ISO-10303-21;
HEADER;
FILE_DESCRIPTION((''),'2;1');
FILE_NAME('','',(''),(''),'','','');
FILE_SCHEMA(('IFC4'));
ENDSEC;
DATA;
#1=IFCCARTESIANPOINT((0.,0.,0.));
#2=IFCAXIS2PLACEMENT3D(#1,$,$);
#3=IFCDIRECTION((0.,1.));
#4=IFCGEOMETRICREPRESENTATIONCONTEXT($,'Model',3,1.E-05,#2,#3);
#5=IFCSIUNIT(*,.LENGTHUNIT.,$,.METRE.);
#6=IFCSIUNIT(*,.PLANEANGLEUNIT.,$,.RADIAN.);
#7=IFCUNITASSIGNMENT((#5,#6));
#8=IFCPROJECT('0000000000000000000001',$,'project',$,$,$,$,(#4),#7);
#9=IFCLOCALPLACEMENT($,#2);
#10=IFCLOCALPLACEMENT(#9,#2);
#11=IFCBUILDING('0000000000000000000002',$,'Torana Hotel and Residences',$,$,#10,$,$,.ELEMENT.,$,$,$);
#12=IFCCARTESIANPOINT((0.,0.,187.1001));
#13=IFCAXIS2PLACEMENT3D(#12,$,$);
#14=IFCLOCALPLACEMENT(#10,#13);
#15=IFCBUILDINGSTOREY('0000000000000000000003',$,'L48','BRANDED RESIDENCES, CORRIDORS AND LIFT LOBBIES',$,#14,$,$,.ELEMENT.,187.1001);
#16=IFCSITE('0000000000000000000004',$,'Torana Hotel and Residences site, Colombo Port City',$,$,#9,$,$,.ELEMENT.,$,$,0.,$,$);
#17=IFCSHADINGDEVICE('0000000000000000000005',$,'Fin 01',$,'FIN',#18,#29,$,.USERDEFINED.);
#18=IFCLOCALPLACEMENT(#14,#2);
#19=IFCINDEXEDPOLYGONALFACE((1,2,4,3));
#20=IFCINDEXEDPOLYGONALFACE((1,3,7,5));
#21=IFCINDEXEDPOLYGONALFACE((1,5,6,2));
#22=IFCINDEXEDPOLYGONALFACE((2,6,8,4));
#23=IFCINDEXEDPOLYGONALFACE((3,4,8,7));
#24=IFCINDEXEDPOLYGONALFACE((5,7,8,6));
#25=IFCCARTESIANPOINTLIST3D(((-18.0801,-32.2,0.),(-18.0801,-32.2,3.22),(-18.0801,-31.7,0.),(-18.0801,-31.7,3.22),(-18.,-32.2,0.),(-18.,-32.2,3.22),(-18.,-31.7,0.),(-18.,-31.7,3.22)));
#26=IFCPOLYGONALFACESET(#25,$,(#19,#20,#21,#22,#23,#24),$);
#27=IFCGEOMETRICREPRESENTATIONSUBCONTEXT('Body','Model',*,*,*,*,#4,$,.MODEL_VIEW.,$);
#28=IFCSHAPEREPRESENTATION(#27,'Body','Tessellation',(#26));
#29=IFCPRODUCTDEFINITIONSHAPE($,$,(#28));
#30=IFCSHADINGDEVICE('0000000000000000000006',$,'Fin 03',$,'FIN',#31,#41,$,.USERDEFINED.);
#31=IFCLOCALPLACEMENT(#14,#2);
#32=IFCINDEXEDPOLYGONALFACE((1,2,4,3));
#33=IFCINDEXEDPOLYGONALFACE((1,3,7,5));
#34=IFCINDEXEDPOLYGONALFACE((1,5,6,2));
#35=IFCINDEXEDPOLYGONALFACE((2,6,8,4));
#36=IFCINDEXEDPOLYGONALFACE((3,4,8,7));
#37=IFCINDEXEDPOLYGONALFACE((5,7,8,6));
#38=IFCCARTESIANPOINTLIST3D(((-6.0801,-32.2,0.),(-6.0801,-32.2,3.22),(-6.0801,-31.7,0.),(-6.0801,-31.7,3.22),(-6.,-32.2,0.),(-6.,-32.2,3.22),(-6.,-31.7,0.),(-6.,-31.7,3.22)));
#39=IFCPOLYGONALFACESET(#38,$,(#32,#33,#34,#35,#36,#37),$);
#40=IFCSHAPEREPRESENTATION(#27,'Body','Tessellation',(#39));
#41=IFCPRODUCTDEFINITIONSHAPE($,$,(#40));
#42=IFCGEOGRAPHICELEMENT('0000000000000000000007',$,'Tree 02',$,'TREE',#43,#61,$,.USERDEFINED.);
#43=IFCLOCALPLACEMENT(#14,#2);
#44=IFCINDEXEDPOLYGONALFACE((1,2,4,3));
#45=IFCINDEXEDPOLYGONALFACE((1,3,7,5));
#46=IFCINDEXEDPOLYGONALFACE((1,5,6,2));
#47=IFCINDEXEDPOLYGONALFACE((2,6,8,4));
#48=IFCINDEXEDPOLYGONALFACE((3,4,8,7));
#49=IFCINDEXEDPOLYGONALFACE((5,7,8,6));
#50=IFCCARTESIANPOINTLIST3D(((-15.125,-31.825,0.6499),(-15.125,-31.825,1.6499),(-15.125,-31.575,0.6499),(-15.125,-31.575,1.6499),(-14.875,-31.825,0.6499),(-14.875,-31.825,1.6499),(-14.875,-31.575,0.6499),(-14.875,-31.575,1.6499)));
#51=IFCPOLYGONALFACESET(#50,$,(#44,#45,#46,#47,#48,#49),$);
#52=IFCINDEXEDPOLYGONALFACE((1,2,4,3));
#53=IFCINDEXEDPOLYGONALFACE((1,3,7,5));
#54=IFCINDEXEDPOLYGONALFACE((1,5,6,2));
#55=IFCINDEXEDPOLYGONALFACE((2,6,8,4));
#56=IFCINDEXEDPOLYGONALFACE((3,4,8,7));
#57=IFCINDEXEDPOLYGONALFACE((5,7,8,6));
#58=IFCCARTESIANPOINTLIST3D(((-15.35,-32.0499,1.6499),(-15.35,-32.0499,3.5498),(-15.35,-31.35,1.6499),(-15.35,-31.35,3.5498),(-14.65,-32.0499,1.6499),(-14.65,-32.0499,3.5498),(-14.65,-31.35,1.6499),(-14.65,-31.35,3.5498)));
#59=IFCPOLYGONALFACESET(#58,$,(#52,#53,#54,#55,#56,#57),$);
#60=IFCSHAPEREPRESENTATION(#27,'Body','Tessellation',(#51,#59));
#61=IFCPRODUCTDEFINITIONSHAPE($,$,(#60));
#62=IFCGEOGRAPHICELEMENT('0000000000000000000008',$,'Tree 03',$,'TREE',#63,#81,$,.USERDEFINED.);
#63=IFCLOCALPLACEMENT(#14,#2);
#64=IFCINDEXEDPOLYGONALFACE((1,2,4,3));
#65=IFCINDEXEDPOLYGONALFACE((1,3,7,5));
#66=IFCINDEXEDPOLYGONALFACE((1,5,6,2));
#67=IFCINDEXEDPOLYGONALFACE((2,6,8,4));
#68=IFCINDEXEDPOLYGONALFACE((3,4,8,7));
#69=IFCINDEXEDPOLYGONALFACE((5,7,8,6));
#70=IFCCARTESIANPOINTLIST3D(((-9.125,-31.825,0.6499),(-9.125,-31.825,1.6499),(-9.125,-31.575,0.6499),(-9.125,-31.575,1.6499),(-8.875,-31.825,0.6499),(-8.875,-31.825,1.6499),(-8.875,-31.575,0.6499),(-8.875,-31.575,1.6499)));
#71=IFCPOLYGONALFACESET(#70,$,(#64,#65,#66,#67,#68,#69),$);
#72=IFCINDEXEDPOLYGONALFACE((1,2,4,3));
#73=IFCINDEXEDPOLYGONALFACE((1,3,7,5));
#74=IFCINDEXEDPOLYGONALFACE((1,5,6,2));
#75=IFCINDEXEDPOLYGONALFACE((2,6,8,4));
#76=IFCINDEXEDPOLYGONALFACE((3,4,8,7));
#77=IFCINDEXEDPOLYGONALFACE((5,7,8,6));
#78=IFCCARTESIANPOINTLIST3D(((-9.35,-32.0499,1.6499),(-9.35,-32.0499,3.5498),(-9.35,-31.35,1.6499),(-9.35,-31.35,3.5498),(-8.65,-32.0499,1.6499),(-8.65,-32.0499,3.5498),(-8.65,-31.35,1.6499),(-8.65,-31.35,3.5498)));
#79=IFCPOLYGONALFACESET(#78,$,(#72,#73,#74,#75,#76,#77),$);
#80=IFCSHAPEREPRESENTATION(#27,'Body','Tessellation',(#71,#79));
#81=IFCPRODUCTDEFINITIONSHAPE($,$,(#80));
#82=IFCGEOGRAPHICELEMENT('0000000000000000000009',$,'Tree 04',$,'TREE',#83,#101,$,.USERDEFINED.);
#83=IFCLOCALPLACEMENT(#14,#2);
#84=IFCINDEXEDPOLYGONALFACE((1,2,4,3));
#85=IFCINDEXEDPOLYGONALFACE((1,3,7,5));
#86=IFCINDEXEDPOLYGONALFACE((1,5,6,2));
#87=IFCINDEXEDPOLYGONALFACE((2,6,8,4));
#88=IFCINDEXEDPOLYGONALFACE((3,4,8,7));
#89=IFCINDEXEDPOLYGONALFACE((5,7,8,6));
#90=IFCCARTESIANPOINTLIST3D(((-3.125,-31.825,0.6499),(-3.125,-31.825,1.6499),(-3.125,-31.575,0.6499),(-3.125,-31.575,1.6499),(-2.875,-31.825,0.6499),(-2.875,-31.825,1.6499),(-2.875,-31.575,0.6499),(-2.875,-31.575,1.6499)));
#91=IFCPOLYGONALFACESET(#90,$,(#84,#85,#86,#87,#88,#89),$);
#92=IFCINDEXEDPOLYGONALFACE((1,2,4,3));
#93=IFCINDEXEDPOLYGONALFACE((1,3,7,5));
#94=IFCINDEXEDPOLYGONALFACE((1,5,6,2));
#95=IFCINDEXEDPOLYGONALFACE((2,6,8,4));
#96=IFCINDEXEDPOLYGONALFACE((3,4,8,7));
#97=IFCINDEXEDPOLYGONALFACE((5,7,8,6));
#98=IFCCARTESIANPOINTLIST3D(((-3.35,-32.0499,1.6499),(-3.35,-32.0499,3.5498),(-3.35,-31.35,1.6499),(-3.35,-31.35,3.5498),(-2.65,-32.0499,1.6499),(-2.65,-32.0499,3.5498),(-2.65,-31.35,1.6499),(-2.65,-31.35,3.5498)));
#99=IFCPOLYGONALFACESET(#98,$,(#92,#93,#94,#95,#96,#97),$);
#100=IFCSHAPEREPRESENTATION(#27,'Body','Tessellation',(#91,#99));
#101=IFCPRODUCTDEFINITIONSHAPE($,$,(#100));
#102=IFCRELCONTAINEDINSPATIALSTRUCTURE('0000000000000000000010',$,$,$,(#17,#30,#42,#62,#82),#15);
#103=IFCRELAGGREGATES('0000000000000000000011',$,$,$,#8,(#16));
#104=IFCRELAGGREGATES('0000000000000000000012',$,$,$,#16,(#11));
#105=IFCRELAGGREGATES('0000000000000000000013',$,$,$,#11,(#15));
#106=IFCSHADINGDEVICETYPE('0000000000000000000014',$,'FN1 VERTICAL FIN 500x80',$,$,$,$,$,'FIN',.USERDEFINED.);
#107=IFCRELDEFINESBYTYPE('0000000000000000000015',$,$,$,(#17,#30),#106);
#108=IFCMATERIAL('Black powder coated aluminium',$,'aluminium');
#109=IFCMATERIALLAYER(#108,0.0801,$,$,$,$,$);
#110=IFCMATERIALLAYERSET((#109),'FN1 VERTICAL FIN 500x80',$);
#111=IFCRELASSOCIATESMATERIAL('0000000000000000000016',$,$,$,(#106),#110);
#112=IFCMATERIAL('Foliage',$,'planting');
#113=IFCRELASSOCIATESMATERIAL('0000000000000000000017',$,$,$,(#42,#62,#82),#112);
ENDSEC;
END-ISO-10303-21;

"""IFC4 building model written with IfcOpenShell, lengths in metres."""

from ifc_helpers import new_model, si_unit, direction, frame, origin, origin_2d, place, context, subcontext, project, spatial, rectangle, extrude, material, layer, layer_set, type_object, element, save


model = new_model("IFC4")

# Units and contexts
model_context = context("Model", 3, precision=1e-05, world=origin(), true_north=direction((0.0, 1.0)))
body_context = subcontext(model_context, "Body", "Model", "MODEL_VIEW")
ifc_project = project(units=[si_unit("LENGTHUNIT", "METRE"), si_unit("PLANEANGLEUNIT", "RADIAN")], contexts=[model_context])

# Site, building, storey
site_placement = place(None, origin())
site = spatial("IfcSite", under=ifc_project, at=site_placement, Name="Torana Hotel and Residences site, Colombo Port City", CompositionType="ELEMENT", RefElevation=0.0)
building_placement = place(site_placement, origin())
building = spatial("IfcBuilding", under=site, at=building_placement, Name="Torana Hotel and Residences", CompositionType="ELEMENT")
storey_placement = place(building_placement, frame((0.0, 0.0, 187.1001)))
storey = spatial("IfcBuildingStorey", under=building, at=storey_placement, Name="L48", Description="BRANDED RESIDENCES, CORRIDORS AND LIFT LOBBIES", CompositionType="ELEMENT", Elevation=187.1001)

# Shading devices
ifc_material_1 = material(Name="Black powder coated aluminium", Category="aluminium")
ifc_layer_1 = layer(ifc_material_1, 0.0801)
ifc_layer_set_1 = layer_set([ifc_layer_1], Name="FN1 VERTICAL FIN 500x80")
shading_device_type = type_object("IfcShadingDeviceType", Name="FN1 VERTICAL FIN 500x80", ElementType="FIN", PredefinedType="USERDEFINED", material=ifc_layer_set_1)
for number, where, z_axis, x_axis, name in (
    (1, (-18.04, -31.95, 0.0), (0.0, 0.0, 1.0), (-1.0, 0.0, 0.0), "Fin 01"),
    (2, (-6.04, -31.95, 0.0), (0.0, 0.0, 1.0), (-1.0, 0.0, 0.0), "Fin 03"),
):
    element("IfcShadingDevice", number, at=place(storey_placement, frame(where, z_axis=z_axis, x_axis=x_axis)), inside=storey, type_object=shading_device_type, Name=name, ObjectType="FIN", PredefinedType="USERDEFINED", context=body_context, shape_type="SweptSolid", body=[
        extrude(rectangle(XDim=0.0801, YDim=0.5, at=origin_2d()), origin(), (0.0, 0.0, 1.0), 3.22),
    ])

# Geographic elements
ifc_material_2 = material(Name="Foliage", Category="planting")
for number, where, z_axis, x_axis, name in (
    (3, (-15.0, -31.7, 0.6499), (0.0, 0.0, 1.0), (1.0, 0.0, 0.0), "Tree 02"),
    (4, (-9.0, -31.7, 0.6499), (0.0, 0.0, 1.0), (1.0, 0.0, 0.0), "Tree 03"),
    (5, (-3.0, -31.7, 0.6499), (0.0, 0.0, 1.0), (1.0, 0.0, 0.0), "Tree 04"),
):
    element("IfcGeographicElement", number, at=place(storey_placement, frame(where, z_axis=z_axis, x_axis=x_axis)), inside=storey, material=ifc_material_2, Name=name, ObjectType="TREE", PredefinedType="USERDEFINED", context=body_context, shape_type="SweptSolid", body=[
        extrude(rectangle(XDim=0.25, YDim=0.25, at=origin_2d()), origin(), (0.0, 0.0, 1.0), 1.0),
        extrude(rectangle(XDim=0.7, YDim=0.7, at=origin_2d()), frame((0.0, 0.0, 1.0)), (0.0, 0.0, 1.0), 1.8999),
    ])

save(model, "model.ifc")
